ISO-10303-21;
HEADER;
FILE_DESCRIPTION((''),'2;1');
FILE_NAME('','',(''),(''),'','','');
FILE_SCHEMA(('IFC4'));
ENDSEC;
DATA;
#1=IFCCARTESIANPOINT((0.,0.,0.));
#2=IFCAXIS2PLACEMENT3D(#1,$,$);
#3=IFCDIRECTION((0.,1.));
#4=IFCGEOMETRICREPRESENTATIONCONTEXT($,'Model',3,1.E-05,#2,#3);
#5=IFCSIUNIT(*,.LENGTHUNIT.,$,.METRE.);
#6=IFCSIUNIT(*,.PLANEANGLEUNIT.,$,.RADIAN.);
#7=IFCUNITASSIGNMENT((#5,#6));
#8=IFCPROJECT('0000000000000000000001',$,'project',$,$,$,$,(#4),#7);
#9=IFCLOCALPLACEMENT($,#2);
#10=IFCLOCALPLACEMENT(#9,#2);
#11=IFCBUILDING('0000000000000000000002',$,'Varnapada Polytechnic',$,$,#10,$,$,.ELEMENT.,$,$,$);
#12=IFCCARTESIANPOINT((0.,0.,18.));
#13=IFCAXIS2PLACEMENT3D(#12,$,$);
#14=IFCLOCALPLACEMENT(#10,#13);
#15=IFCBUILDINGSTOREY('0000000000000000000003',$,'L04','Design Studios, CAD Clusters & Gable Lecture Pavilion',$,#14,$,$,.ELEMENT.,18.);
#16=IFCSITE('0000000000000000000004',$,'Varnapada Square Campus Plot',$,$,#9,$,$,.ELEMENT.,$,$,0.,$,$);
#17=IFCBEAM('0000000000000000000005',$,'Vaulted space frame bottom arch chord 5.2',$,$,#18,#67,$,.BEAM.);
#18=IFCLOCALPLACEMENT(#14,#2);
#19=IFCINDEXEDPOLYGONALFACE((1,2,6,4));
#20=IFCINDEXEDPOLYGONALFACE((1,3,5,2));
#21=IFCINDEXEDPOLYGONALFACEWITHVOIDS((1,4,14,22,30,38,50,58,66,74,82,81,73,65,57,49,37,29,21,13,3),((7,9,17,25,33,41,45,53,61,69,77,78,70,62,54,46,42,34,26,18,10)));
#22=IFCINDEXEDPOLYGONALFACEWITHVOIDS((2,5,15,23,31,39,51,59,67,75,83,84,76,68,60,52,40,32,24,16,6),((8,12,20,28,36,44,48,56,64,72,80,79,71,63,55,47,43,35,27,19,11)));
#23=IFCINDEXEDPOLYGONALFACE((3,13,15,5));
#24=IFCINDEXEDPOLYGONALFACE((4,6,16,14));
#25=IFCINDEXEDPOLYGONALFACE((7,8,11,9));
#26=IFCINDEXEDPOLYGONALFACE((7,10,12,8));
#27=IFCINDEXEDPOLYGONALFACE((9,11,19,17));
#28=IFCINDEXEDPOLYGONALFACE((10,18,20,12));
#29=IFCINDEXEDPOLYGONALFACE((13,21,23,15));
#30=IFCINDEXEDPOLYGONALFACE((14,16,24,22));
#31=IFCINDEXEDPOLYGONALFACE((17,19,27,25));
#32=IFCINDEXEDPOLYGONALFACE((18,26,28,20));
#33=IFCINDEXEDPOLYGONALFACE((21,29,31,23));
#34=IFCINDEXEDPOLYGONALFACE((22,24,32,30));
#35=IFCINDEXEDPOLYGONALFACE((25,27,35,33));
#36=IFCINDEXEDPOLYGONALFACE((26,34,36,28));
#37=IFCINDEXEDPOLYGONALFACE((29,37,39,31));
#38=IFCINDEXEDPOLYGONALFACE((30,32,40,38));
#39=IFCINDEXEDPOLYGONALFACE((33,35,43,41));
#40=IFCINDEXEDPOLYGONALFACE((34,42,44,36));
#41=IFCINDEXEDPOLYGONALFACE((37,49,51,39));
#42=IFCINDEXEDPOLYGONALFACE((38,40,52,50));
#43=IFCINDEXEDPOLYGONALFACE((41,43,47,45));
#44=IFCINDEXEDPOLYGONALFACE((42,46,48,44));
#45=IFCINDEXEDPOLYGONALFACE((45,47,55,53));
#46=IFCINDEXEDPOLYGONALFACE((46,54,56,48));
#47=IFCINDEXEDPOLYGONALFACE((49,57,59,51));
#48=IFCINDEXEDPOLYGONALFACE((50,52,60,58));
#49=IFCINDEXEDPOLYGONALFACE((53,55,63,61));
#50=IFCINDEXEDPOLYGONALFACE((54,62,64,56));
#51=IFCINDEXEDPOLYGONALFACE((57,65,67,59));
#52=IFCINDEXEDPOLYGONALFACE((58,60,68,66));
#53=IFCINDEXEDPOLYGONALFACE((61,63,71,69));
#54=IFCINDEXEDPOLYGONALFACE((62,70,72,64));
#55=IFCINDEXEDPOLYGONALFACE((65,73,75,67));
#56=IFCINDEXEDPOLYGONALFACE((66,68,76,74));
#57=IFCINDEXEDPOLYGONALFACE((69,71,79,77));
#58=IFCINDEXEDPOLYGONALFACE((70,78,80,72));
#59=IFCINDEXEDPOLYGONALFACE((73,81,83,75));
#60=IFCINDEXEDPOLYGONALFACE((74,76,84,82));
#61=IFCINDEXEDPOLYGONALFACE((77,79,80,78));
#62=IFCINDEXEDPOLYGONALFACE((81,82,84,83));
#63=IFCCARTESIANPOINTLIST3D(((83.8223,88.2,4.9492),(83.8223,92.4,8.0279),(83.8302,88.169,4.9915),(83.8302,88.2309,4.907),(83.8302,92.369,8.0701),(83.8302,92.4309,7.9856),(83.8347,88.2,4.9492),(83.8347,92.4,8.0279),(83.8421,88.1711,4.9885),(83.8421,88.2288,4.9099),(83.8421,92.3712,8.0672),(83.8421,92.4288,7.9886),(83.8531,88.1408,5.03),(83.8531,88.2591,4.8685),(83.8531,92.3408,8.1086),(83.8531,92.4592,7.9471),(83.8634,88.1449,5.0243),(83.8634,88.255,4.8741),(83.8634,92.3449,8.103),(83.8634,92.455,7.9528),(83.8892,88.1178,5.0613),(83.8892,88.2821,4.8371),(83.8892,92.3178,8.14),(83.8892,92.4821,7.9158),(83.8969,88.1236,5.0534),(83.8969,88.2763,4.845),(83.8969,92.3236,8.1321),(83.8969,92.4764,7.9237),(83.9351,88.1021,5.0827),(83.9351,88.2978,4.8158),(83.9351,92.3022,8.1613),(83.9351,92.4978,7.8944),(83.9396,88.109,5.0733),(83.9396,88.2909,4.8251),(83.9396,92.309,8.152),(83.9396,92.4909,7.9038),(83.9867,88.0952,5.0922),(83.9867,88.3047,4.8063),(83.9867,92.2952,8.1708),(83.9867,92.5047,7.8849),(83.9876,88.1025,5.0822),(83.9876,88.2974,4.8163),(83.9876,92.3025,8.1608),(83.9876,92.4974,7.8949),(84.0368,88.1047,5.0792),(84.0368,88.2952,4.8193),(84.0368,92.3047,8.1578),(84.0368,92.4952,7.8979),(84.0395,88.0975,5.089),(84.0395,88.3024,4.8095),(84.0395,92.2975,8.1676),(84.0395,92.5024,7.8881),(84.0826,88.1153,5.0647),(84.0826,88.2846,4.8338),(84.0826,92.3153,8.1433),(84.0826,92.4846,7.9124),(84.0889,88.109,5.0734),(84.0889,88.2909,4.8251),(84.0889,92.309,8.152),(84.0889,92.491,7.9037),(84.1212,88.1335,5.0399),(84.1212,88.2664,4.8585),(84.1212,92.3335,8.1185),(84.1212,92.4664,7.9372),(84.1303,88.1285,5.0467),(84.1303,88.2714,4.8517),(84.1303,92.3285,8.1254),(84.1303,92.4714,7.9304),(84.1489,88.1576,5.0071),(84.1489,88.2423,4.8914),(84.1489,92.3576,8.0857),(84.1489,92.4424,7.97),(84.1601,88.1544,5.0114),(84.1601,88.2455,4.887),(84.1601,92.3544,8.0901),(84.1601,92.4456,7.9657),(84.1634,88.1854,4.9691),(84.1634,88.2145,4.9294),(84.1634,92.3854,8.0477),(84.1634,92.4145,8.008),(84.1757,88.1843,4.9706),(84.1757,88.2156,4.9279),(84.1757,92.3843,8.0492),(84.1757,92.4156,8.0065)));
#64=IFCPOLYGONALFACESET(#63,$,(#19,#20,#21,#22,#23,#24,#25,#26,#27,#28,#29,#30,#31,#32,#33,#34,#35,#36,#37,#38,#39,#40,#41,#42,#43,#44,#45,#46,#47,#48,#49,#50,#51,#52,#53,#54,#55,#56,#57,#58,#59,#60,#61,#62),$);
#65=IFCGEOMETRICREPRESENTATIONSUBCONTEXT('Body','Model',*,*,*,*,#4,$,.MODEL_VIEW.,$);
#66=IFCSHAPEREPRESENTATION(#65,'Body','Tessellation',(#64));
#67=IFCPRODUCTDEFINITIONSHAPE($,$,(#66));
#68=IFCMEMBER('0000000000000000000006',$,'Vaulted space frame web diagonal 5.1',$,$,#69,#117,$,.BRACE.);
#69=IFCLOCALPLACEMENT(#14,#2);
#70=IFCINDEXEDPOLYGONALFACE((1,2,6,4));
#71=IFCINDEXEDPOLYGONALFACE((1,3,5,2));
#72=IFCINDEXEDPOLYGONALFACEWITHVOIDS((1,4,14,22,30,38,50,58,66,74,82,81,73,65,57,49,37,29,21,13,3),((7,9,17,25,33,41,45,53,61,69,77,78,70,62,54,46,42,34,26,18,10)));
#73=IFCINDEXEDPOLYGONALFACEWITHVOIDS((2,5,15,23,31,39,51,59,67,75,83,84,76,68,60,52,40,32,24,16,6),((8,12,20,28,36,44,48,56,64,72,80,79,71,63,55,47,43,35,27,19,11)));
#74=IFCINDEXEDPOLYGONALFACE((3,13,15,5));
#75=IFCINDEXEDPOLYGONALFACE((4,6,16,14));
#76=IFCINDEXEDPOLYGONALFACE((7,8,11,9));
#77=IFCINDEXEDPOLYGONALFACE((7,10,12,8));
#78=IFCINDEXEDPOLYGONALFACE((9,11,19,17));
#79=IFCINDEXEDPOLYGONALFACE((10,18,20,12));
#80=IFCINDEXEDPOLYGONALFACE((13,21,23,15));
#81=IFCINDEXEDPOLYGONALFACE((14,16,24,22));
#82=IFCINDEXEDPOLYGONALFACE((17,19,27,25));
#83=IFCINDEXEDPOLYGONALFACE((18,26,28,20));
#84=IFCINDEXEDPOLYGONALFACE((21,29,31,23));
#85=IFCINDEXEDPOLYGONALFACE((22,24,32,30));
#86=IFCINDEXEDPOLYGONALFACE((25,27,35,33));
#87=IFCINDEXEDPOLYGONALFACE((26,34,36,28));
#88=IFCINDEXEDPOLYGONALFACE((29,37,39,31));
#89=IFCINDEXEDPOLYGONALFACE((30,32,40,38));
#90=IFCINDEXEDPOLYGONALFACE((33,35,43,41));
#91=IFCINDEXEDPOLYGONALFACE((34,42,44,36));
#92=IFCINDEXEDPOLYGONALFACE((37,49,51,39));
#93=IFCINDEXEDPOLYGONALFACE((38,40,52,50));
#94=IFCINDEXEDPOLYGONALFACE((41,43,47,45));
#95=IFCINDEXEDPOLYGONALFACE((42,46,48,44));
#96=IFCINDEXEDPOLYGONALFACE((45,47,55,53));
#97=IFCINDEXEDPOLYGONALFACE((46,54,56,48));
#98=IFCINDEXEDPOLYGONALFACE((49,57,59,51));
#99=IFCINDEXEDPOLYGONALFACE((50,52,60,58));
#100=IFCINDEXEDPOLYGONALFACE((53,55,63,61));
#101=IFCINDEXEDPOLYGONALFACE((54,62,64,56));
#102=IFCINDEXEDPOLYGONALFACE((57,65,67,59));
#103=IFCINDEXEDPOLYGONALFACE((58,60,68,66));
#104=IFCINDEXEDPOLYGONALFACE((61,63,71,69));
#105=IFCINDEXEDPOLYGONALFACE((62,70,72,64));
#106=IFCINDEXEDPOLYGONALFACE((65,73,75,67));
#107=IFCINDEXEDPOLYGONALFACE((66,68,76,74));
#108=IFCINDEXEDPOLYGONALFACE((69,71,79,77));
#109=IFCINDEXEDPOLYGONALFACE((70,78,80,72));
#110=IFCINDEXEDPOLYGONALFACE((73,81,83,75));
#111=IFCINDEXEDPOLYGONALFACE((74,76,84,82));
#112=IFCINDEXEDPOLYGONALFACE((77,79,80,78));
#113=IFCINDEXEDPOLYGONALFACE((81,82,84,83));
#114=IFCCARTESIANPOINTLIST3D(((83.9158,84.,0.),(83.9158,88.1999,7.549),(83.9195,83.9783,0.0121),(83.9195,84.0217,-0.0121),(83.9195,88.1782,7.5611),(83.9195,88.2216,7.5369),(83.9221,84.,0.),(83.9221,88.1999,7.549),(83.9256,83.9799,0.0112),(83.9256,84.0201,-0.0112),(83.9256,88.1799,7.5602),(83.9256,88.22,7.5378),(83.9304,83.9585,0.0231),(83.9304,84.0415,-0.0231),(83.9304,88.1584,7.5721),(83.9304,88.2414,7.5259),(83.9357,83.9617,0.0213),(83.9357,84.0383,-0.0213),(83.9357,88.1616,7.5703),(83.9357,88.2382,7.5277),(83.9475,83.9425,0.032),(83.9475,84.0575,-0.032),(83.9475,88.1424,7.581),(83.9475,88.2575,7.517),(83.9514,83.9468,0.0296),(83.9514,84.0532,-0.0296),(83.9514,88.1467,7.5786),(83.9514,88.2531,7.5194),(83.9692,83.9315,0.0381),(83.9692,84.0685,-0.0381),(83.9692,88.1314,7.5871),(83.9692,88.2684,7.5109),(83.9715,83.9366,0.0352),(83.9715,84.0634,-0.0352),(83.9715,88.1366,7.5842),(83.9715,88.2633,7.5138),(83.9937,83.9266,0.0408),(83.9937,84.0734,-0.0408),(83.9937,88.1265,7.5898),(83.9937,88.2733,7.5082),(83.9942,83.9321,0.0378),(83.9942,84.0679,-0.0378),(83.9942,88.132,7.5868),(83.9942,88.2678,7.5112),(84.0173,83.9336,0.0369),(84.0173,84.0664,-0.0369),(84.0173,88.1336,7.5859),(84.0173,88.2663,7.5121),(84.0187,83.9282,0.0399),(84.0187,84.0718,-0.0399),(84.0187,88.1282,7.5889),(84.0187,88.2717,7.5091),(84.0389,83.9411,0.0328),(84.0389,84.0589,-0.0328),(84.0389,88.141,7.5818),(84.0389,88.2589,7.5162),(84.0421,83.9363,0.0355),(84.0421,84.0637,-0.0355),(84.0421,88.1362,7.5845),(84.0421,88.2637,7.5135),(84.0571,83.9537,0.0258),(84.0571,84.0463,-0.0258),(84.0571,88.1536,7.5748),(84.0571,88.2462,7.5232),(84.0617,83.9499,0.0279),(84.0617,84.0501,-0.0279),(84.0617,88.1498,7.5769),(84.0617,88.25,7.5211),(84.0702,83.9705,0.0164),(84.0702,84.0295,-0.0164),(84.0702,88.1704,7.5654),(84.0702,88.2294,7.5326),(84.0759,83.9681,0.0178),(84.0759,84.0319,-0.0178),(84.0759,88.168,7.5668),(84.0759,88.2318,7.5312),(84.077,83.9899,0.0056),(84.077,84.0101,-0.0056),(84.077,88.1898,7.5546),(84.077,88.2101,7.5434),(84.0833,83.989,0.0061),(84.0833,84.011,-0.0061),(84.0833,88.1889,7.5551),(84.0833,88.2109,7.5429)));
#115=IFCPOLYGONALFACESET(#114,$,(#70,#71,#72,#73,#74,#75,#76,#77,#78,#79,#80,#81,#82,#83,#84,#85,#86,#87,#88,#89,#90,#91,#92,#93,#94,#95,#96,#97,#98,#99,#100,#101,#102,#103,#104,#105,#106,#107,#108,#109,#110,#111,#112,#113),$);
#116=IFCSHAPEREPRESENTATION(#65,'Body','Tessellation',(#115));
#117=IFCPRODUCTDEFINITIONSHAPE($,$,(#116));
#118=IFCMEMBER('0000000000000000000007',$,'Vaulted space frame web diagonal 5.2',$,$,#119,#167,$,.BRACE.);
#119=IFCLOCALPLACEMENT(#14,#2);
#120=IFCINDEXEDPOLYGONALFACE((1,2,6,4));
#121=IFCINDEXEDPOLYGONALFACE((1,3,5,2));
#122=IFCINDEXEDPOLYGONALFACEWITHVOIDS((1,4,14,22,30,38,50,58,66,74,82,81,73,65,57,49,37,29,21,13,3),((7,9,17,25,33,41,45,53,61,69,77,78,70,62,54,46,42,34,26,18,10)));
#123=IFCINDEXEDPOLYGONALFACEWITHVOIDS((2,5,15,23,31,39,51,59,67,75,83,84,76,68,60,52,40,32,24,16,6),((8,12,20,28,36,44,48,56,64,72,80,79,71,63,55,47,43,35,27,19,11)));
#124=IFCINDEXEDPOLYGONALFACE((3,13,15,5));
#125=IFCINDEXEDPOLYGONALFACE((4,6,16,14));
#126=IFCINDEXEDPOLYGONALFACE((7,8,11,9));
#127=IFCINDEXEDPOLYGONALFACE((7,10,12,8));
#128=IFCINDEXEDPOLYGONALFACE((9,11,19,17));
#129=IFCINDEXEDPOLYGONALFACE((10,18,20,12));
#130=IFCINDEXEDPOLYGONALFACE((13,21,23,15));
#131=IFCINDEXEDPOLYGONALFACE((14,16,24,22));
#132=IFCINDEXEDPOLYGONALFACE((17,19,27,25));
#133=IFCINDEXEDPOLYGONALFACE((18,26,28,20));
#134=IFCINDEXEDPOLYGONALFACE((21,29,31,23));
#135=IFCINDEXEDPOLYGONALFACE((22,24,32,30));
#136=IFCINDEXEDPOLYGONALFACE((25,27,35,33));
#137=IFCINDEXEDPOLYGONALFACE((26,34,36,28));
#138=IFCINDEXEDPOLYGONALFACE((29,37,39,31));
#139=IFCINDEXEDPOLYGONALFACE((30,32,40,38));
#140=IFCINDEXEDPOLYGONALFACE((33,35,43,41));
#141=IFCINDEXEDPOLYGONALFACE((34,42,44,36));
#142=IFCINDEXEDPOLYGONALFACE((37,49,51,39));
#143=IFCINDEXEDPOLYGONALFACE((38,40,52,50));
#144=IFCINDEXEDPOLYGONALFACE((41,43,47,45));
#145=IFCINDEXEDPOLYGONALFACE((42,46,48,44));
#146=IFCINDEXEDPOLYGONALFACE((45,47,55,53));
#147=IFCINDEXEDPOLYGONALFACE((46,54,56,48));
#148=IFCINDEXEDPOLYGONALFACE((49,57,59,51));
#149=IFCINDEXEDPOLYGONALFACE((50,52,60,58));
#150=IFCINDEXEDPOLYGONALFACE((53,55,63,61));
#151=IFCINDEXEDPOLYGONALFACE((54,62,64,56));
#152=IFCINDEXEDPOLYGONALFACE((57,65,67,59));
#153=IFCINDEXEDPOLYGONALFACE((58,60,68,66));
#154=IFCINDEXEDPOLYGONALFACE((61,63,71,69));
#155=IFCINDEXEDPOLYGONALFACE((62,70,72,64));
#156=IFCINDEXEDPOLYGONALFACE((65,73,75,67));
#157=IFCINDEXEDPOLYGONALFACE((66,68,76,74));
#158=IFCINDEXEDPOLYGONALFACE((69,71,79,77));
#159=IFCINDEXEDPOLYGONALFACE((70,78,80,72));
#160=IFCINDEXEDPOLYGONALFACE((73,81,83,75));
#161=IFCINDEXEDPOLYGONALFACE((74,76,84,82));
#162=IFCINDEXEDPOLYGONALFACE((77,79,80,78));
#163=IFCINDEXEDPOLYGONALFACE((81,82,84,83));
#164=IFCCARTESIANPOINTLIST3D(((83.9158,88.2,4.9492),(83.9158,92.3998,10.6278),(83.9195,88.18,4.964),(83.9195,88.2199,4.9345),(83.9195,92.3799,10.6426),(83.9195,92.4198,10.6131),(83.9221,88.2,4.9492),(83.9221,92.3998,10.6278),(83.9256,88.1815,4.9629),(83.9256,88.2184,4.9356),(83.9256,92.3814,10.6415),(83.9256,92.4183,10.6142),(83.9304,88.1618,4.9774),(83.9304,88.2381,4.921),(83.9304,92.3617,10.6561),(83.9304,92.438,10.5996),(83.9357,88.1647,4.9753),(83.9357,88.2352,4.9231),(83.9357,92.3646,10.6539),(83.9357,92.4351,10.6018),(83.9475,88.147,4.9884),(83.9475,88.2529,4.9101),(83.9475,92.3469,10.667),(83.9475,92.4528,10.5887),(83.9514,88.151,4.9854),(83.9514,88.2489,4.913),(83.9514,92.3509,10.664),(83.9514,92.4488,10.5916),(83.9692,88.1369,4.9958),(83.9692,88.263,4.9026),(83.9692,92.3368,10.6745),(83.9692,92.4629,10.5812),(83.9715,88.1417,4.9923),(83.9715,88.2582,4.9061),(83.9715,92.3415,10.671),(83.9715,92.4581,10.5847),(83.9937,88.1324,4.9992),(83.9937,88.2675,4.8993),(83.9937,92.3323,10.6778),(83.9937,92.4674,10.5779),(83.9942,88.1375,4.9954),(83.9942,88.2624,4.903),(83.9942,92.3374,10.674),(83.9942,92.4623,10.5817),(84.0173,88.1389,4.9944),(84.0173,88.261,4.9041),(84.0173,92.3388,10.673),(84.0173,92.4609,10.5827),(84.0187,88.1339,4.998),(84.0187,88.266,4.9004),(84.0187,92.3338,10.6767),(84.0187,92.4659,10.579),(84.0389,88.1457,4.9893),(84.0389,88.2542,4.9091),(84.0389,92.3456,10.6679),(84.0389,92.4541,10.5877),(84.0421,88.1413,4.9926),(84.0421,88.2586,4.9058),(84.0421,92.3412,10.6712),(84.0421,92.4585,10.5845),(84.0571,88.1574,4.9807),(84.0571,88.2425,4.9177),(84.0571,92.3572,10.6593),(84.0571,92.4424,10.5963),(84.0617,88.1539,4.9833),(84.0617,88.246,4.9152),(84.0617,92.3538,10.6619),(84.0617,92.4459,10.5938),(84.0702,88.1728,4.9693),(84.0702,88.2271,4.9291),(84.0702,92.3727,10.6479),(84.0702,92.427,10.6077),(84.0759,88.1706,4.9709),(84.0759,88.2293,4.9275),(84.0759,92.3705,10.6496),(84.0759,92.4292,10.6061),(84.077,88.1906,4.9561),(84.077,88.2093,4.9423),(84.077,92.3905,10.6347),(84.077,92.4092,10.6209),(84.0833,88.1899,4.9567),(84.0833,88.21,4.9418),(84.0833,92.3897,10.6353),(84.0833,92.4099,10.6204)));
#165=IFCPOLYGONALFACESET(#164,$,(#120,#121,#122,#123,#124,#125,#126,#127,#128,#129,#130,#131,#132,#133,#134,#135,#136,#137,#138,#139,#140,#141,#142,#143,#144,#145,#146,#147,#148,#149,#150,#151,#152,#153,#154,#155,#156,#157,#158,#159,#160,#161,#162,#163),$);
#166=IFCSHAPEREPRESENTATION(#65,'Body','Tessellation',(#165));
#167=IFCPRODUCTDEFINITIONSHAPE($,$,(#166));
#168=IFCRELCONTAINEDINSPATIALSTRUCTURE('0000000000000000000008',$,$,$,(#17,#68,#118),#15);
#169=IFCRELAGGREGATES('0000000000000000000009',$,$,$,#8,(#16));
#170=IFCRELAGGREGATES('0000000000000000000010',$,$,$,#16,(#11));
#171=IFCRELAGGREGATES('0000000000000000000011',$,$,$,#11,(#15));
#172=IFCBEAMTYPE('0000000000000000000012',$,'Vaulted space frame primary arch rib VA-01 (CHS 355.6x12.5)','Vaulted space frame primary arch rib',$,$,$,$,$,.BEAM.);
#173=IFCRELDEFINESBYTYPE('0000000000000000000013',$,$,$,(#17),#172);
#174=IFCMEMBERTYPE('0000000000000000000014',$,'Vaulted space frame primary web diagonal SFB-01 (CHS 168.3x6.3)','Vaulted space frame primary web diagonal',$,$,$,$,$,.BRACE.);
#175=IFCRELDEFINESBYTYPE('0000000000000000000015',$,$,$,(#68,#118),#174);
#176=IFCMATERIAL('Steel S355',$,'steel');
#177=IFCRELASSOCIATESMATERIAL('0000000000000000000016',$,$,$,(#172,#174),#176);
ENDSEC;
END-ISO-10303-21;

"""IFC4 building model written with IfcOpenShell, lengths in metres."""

from ifc_helpers import new_model, si_unit, direction, frame, origin, origin_2d, place, context, subcontext, project, spatial, hollow_circle, extrude, material, material_profile, profile_set, type_object, element, save


model = new_model("IFC4")

# Units and contexts
model_context = context("Model", 3, precision=1e-05, world=origin(), true_north=direction((0.0, 1.0)))
body_context = subcontext(model_context, "Body", "Model", "MODEL_VIEW")
ifc_project = project(units=[si_unit("LENGTHUNIT", "METRE"), si_unit("PLANEANGLEUNIT", "RADIAN")], contexts=[model_context])

# Site, building, storey
site_placement = place(None, origin())
site = spatial("IfcSite", under=ifc_project, at=site_placement, Name="Varnapada Square Campus Plot", CompositionType="ELEMENT", RefElevation=0.0)
building_placement = place(site_placement, origin())
building = spatial("IfcBuilding", under=site, at=building_placement, Name="Varnapada Polytechnic", CompositionType="ELEMENT")
storey_placement = place(building_placement, frame((0.0, 0.0, 18.0)))
storey = spatial("IfcBuildingStorey", under=building, at=storey_placement, Name="L04", Description="Design Studios, CAD Clusters & Gable Lecture Pavilion", CompositionType="ELEMENT", Elevation=18.0)

# Shared definitions
ifc_material = material(Name="Steel S355", Category="steel")

# Beam
ifc_material_profile_1 = material_profile(ifc_material, hollow_circle(Radius=0.1777, WallThickness=0.0125, at=origin_2d()), Name="CHS 355.6x12.5")
ifc_profile_set_1 = profile_set([ifc_material_profile_1], Name="Steel S355")
beam_type_1 = type_object("IfcBeamType", Name="Vaulted space frame primary arch rib VA-01 (CHS 355.6x12.5)", Description="Vaulted space frame primary arch rib", PredefinedType="BEAM", material=ifc_profile_set_1)
beam_1_placement = place(storey_placement, frame((84.0, 88.2, 4.9492), z_axis=(0.0, 0.806529, 0.591195), x_axis=(-1.0, 0.0, 0.0)))
element("IfcBeam", 1, at=beam_1_placement, inside=storey, type_object=beam_type_1, Name="Vaulted space frame bottom arch chord 5.2", PredefinedType="BEAM", context=body_context, shape_type="SweptSolid", body=[
    extrude(hollow_circle(Radius=0.1777, WallThickness=0.0125, at=origin_2d()), origin(), (0.0, 0.0, 1.0), 5.2075),
])

# Members
ifc_material_profile_2 = material_profile(ifc_material, hollow_circle(Radius=0.0842, WallThickness=0.0063, at=origin_2d()), Name="CHS 168.3x6.3")
ifc_profile_set_2 = profile_set([ifc_material_profile_2], Name="Steel S355")
member_type_1 = type_object("IfcMemberType", Name="Vaulted space frame primary web diagonal SFB-01 (CHS 168.3x6.3)", Description="Vaulted space frame primary web diagonal", PredefinedType="BRACE", material=ifc_profile_set_2)
member_1_placement = place(storey_placement, frame((84.0, 84.0, 0.0), z_axis=(0.0, 0.486176, 0.873861), x_axis=(-1.0, 0.0, 0.0)))
element("IfcMember", 2, at=member_1_placement, inside=storey, type_object=member_type_1, Name="Vaulted space frame web diagonal 5.1", PredefinedType="BRACE", context=body_context, shape_type="SweptSolid", body=[
    extrude(hollow_circle(Radius=0.0842, WallThickness=0.0063, at=origin_2d()), origin(), (0.0, 0.0, 1.0), 8.6387),
])
member_2_placement = place(storey_placement, frame((84.0, 88.2, 4.9492), z_axis=(0.0, 0.594633, 0.803997), x_axis=(-1.0, 0.0, 0.0)))
element("IfcMember", 3, at=member_2_placement, inside=storey, type_object=member_type_1, Name="Vaulted space frame web diagonal 5.2", PredefinedType="BRACE", context=body_context, shape_type="SweptSolid", body=[
    extrude(hollow_circle(Radius=0.0842, WallThickness=0.0063, at=origin_2d()), origin(), (0.0, 0.0, 1.0), 7.063),
])

save(model, "model.ifc")
